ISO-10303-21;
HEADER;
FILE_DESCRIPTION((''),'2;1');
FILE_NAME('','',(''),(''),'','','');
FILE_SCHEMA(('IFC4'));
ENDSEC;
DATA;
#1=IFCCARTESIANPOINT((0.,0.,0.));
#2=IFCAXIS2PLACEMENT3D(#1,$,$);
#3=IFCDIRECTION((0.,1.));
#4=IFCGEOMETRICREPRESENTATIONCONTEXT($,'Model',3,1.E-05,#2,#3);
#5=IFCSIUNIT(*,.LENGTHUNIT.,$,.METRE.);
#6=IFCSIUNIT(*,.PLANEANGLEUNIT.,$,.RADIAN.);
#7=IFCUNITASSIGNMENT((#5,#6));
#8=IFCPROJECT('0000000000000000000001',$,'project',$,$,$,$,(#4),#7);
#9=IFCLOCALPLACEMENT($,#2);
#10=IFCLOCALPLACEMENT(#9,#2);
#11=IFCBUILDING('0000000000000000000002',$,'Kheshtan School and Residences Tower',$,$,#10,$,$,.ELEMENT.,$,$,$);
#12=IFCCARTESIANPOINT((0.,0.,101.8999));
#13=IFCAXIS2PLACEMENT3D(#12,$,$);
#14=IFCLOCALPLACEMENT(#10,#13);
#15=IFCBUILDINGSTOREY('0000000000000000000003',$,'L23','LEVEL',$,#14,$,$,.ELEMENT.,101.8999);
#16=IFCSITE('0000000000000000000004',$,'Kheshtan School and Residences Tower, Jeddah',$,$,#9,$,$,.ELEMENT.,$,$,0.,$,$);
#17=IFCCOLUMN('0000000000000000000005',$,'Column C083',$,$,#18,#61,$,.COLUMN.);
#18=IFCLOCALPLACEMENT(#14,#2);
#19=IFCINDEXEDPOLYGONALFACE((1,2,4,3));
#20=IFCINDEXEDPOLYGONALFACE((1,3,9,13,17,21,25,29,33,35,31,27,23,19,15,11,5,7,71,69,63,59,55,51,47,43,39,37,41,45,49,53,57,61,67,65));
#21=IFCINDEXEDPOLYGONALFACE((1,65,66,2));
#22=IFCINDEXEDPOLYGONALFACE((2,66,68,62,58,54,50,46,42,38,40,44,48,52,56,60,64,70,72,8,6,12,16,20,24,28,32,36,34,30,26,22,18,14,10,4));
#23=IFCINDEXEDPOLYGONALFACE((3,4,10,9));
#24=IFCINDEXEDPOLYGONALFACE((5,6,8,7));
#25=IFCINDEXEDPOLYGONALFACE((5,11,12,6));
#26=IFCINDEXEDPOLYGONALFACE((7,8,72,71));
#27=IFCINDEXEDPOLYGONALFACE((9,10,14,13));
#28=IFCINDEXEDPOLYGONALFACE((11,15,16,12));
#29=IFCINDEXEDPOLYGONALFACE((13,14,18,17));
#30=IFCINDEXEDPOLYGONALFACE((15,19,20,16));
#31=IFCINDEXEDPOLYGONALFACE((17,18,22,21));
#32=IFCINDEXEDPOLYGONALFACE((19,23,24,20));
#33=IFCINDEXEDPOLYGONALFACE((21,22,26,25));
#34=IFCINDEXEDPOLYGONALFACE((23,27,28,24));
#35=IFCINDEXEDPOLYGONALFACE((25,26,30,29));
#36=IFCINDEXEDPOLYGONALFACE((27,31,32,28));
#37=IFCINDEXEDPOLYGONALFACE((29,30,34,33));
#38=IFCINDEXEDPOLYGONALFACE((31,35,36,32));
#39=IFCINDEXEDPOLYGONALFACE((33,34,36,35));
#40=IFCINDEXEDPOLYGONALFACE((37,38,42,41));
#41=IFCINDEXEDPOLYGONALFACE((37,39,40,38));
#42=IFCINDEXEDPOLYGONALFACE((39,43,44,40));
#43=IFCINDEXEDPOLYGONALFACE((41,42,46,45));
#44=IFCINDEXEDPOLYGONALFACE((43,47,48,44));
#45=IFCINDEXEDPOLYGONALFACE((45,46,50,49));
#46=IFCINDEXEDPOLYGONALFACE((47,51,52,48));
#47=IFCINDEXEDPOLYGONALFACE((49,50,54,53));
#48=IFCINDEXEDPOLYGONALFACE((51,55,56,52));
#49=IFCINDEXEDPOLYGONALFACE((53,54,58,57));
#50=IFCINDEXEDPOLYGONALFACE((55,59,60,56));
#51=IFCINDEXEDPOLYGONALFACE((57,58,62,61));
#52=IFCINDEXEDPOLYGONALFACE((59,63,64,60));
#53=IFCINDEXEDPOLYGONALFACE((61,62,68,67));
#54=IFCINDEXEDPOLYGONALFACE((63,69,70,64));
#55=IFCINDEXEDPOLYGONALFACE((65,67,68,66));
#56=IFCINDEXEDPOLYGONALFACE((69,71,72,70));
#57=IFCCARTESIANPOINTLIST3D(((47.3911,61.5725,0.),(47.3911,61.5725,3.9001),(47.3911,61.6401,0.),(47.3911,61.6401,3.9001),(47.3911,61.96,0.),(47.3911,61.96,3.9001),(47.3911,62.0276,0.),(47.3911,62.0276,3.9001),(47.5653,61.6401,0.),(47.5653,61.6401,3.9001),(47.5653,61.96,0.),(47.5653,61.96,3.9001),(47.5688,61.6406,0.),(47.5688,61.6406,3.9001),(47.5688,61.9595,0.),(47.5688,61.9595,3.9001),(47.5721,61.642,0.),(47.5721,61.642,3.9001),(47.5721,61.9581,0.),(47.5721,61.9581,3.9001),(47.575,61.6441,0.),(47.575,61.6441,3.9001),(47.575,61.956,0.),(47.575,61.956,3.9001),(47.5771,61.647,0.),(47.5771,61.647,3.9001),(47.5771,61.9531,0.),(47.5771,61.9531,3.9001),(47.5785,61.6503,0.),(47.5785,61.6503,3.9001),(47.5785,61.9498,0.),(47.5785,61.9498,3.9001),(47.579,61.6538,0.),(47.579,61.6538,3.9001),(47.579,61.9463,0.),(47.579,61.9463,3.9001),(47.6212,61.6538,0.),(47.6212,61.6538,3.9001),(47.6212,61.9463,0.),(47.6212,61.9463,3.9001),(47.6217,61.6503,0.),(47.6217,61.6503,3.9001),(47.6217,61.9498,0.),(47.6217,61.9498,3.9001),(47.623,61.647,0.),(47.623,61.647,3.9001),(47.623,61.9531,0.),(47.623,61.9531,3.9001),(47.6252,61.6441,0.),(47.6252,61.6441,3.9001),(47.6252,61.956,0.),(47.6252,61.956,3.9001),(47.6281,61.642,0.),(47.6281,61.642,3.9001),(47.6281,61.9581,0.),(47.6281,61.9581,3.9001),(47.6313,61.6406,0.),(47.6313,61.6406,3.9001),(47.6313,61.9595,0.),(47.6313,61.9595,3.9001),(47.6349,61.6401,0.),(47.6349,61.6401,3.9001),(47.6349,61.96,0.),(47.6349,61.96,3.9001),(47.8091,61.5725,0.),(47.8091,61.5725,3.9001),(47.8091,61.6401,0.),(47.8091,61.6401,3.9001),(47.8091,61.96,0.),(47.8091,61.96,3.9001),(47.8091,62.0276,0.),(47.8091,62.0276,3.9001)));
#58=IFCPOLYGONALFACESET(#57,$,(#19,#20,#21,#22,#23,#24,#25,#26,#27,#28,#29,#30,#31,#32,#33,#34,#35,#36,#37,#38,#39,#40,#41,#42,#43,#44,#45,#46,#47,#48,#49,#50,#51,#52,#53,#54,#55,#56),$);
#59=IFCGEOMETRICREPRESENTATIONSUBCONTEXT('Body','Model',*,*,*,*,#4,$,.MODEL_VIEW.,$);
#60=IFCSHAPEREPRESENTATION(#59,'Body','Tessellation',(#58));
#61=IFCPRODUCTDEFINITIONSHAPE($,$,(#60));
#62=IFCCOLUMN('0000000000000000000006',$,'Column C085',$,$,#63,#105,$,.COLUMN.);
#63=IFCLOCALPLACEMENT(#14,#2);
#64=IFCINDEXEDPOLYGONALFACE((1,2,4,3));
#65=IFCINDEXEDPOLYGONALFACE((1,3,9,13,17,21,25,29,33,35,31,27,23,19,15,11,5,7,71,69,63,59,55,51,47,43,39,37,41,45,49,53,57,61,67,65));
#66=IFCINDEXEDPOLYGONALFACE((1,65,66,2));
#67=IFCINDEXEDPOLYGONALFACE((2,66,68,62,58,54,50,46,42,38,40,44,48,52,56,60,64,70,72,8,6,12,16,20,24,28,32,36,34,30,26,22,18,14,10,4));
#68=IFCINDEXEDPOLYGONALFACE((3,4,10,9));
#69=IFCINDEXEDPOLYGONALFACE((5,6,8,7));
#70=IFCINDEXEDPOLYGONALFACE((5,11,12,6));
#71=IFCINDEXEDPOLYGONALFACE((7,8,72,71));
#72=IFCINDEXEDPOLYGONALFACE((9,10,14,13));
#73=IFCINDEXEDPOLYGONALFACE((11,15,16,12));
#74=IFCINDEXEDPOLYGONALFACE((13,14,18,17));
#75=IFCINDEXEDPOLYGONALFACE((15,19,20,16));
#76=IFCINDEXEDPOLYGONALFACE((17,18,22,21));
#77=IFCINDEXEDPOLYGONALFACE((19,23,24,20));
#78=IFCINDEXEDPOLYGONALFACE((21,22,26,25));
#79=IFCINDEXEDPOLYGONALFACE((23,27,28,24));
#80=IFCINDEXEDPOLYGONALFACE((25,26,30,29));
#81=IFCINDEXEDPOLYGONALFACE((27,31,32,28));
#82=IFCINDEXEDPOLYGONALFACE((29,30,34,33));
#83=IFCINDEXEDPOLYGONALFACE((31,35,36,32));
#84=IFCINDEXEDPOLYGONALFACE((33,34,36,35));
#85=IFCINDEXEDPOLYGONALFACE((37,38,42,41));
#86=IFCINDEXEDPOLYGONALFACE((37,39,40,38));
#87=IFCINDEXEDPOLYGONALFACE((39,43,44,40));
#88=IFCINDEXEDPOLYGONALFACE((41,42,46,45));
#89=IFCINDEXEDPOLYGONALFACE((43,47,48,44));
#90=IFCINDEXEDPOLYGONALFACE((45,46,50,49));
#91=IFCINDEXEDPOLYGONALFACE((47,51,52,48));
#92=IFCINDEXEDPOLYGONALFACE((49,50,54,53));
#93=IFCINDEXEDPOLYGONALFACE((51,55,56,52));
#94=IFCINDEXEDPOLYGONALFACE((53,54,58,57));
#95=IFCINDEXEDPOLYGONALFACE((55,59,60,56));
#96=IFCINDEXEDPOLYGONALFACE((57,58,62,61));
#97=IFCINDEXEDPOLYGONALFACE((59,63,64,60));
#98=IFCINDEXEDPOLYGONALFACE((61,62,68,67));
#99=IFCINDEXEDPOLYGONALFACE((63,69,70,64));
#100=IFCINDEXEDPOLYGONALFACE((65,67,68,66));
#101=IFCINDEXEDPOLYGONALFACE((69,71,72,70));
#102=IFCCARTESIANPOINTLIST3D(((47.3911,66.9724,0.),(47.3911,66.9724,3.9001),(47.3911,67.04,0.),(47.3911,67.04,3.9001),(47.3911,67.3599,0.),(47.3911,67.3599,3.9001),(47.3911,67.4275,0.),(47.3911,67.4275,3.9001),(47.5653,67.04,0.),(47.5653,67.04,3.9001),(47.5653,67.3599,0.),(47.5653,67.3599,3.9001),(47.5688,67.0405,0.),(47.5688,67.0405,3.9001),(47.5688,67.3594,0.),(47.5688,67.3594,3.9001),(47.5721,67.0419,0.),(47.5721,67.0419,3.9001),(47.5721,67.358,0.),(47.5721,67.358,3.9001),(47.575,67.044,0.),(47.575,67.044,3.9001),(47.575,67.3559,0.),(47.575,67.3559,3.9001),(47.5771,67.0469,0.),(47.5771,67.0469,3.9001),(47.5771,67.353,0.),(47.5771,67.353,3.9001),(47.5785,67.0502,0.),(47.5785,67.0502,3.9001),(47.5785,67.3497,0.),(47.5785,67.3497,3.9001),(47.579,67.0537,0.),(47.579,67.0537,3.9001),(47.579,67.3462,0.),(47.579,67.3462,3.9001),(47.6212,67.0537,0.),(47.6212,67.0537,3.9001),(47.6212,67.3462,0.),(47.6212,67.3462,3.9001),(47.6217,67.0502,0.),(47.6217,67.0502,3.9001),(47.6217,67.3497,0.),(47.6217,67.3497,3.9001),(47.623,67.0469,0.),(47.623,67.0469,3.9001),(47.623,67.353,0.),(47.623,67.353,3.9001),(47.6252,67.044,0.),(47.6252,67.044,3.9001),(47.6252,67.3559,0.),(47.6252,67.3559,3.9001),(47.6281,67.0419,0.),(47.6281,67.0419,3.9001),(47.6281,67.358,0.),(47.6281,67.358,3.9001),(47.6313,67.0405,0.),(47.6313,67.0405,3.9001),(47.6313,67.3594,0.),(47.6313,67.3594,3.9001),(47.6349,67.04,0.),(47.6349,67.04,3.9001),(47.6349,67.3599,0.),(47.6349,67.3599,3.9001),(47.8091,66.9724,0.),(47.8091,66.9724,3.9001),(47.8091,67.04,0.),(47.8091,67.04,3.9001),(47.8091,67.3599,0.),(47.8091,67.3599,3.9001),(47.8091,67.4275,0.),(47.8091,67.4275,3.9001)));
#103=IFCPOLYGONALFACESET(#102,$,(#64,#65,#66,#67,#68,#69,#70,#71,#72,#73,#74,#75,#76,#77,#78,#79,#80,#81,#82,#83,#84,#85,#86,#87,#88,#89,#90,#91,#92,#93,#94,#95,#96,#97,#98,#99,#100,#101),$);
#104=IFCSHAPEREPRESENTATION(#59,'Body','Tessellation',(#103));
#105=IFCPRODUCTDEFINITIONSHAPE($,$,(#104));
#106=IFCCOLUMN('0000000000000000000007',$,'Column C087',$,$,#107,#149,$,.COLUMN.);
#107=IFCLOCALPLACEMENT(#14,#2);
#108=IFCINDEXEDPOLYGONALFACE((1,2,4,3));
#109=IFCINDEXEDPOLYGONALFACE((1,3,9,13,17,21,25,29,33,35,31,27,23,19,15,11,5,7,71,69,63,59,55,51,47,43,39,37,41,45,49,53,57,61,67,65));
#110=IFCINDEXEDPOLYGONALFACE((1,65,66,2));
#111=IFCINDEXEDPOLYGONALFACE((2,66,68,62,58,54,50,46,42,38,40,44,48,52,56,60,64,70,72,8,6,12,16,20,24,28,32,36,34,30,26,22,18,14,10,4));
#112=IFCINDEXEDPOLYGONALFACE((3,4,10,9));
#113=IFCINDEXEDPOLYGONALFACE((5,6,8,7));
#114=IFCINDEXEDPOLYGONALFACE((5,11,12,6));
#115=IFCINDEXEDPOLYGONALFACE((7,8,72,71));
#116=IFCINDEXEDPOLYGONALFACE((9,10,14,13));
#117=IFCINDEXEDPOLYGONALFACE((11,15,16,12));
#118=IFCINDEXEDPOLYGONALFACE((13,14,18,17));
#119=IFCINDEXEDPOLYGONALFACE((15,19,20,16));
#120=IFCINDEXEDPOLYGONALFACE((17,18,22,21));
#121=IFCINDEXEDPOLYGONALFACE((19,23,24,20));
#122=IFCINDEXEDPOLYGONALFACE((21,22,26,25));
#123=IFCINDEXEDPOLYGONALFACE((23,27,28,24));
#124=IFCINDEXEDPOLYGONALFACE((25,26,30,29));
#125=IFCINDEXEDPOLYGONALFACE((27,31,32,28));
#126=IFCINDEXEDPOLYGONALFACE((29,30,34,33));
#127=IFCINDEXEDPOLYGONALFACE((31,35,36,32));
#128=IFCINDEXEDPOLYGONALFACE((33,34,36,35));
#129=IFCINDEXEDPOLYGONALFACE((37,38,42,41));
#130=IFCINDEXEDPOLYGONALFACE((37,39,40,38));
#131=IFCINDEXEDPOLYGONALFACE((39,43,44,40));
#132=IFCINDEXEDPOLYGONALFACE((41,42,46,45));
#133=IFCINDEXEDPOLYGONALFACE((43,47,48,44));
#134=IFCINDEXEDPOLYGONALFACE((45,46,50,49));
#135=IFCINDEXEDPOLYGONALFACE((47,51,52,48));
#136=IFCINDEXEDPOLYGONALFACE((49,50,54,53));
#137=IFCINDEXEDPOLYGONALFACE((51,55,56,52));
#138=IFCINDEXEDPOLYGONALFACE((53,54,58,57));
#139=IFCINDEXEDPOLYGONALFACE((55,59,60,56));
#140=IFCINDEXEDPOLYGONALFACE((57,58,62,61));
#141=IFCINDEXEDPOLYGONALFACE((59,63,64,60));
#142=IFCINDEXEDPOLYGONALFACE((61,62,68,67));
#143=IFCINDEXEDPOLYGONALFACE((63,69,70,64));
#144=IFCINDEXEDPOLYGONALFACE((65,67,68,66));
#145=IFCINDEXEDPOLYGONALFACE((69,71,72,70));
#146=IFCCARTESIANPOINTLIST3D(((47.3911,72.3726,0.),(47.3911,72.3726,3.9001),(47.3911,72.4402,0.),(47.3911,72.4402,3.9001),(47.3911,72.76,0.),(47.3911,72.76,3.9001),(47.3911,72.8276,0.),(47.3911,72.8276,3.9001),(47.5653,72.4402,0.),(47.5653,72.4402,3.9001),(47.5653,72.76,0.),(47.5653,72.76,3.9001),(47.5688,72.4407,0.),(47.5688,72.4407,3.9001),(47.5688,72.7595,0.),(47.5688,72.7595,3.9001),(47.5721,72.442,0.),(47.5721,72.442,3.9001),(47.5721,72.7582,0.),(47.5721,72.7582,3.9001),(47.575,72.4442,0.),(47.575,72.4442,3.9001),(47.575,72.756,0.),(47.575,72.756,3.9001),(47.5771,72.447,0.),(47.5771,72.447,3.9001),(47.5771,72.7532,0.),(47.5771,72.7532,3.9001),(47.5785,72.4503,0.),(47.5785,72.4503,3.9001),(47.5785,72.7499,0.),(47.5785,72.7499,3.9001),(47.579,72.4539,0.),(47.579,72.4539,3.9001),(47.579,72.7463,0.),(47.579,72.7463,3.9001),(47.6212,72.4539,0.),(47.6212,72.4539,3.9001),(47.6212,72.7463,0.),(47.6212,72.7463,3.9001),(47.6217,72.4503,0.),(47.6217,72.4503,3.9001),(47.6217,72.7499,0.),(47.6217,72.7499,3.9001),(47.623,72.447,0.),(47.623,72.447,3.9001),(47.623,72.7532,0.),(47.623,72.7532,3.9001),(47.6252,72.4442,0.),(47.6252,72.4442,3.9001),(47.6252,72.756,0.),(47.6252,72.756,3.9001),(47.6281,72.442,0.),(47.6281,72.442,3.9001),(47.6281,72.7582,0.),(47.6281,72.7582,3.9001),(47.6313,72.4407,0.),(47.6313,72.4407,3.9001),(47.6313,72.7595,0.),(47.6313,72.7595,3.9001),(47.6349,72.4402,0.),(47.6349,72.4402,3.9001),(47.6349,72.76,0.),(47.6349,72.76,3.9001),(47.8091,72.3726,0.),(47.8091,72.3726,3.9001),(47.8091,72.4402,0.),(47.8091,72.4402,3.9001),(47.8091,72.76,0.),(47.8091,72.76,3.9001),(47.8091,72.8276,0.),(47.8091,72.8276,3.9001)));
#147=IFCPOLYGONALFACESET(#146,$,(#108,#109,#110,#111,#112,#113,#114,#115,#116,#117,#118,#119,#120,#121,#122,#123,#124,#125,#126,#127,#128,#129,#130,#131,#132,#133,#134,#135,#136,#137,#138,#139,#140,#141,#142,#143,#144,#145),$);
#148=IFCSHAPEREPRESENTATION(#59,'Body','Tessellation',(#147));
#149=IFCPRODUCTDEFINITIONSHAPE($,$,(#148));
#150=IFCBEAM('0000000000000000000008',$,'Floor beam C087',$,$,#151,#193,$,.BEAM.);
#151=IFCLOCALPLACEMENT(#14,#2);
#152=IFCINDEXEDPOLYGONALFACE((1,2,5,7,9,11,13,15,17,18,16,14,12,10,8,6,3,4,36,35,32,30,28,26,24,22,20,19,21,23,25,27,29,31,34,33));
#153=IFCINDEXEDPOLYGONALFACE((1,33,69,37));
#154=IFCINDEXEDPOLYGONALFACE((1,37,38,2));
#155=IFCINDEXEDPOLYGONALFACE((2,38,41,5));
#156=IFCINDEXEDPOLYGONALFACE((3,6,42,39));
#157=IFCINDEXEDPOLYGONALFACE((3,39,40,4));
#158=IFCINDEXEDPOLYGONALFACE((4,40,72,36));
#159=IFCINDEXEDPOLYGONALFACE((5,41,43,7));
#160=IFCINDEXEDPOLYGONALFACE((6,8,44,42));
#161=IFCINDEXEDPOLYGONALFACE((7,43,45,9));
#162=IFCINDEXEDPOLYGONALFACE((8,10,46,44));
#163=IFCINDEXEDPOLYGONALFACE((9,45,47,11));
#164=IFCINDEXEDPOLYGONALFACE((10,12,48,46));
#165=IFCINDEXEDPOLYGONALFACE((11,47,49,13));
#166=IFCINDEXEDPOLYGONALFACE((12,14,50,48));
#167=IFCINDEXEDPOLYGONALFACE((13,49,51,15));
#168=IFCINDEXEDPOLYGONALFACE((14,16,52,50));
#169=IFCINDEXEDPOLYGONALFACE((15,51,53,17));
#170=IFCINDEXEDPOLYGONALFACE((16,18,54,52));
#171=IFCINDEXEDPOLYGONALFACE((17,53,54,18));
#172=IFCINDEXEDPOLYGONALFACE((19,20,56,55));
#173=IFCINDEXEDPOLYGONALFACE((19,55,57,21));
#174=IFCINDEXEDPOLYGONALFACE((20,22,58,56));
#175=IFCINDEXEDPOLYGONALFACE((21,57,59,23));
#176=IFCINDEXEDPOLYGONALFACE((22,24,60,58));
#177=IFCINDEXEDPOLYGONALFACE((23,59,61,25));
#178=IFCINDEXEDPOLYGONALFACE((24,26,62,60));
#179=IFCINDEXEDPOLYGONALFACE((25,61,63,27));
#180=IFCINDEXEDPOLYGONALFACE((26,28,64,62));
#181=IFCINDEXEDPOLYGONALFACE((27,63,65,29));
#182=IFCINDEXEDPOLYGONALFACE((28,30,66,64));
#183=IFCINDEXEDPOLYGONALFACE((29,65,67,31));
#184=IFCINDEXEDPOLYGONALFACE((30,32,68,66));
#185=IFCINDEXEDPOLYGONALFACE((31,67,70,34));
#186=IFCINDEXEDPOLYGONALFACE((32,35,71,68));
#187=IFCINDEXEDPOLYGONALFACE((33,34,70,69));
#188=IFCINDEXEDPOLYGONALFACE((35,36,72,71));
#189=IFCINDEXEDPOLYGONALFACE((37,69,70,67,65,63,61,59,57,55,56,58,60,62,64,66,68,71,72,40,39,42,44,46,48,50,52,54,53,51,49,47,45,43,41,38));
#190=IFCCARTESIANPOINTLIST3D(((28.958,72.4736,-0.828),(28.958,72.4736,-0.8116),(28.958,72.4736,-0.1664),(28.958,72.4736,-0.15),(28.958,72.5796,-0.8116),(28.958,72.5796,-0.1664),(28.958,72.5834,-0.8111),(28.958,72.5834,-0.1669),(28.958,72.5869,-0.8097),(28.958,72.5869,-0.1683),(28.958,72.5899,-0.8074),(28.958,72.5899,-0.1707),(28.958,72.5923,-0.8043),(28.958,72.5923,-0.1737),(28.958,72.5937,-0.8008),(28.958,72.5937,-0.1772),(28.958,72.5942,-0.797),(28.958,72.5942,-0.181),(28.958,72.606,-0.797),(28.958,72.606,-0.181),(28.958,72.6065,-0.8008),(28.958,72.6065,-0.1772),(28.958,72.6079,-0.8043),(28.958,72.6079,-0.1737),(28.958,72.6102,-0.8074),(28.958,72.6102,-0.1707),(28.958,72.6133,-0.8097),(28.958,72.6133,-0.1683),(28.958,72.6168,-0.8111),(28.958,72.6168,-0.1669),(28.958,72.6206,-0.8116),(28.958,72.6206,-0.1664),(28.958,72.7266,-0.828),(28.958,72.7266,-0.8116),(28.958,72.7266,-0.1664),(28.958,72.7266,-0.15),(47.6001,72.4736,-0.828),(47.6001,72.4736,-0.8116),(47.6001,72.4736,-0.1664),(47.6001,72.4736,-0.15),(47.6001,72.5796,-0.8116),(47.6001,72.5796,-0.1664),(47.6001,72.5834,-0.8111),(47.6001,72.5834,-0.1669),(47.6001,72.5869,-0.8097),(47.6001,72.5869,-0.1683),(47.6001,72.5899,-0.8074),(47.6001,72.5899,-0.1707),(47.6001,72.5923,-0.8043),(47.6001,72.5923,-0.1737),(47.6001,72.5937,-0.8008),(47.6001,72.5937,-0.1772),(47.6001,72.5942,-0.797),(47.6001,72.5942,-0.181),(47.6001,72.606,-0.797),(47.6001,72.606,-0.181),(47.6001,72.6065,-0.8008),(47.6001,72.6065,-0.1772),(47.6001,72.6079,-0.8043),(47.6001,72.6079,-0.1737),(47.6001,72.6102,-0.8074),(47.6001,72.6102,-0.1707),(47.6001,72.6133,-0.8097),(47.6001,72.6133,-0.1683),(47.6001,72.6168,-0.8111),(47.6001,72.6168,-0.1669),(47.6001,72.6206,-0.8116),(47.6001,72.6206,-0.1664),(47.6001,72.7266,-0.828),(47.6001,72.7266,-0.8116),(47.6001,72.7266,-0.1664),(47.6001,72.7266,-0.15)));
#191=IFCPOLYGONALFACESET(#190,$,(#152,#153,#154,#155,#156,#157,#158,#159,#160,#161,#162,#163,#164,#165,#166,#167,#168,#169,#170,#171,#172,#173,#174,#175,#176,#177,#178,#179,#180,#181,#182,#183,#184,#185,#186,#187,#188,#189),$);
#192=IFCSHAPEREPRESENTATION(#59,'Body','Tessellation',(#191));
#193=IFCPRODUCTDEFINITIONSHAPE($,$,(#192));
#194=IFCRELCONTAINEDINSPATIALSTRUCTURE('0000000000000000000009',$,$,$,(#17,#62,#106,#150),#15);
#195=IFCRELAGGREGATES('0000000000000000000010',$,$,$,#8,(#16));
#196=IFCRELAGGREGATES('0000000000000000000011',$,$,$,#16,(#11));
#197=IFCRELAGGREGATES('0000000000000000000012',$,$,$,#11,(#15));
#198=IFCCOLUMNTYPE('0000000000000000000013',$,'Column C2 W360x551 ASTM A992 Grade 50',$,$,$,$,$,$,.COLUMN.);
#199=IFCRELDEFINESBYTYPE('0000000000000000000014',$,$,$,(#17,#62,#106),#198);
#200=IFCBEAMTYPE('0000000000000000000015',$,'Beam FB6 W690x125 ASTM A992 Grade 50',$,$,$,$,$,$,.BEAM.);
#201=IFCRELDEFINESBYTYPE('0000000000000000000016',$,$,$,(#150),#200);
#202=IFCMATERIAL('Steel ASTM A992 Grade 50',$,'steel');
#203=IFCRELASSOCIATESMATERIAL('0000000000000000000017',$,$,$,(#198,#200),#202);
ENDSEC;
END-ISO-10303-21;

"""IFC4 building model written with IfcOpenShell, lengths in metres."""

from ifc_helpers import new_model, si_unit, direction, frame, origin, origin_2d, place, context, subcontext, project, spatial, i_section, extrude, material, material_profile, profile_set, type_object, element, save


model = new_model("IFC4")

# Units and contexts
model_context = context("Model", 3, precision=1e-05, world=origin(), true_north=direction((0.0, 1.0)))
body_context = subcontext(model_context, "Body", "Model", "MODEL_VIEW")
ifc_project = project(units=[si_unit("LENGTHUNIT", "METRE"), si_unit("PLANEANGLEUNIT", "RADIAN")], contexts=[model_context])

# Site, building, storey
site_placement = place(None, origin())
site = spatial("IfcSite", under=ifc_project, at=site_placement, Name="Kheshtan School and Residences Tower, Jeddah", CompositionType="ELEMENT", RefElevation=0.0)
building_placement = place(site_placement, origin())
building = spatial("IfcBuilding", under=site, at=building_placement, Name="Kheshtan School and Residences Tower", CompositionType="ELEMENT")
storey_placement = place(building_placement, frame((0.0, 0.0, 101.8999)))
storey = spatial("IfcBuildingStorey", under=building, at=storey_placement, Name="L23", Description="LEVEL", CompositionType="ELEMENT", Elevation=101.8999)

# Columns
ifc_material_1 = material(Name="Steel ASTM A992 Grade 50", Category="steel")
ifc_material_profile_1 = material_profile(ifc_material_1, i_section(OverallWidth=0.418, OverallDepth=0.4551, WebThickness=0.0422, FlangeThickness=0.0676, FilletRadius=0.0137, at=origin_2d()), Name="W360x551")
ifc_profile_set_1 = profile_set([ifc_material_profile_1], Name="Steel ASTM A992 Grade 50")
column_type = type_object("IfcColumnType", Name="Column C2 W360x551 ASTM A992 Grade 50", PredefinedType="COLUMN", material=ifc_profile_set_1)
for number, where, z_axis, x_axis, name in (
    (1, (47.6001, 61.8, 0.0), (0.0, 0.0, 1.0), (1.0, 0.0, 0.0), "Column C083"),
    (2, (47.6001, 67.2, 0.0), (0.0, 0.0, 1.0), (1.0, 0.0, 0.0), "Column C085"),
    (3, (47.6001, 72.6001, 0.0), (0.0, 0.0, 1.0), (1.0, 0.0, 0.0), "Column C087"),
):
    element("IfcColumn", number, at=place(storey_placement, frame(where, z_axis=z_axis, x_axis=x_axis)), inside=storey, type_object=column_type, Name=name, PredefinedType="COLUMN", context=body_context, shape_type="SweptSolid", body=[
        extrude(i_section(OverallWidth=0.418, OverallDepth=0.4551, WebThickness=0.0422, FlangeThickness=0.0676, FilletRadius=0.0137, at=origin_2d()), origin(), (0.0, 0.0, 1.0), 3.9001),
    ])

# Beam
ifc_material_profile_2 = material_profile(ifc_material_1, i_section(OverallWidth=0.2529, OverallDepth=0.678, WebThickness=0.0117, FlangeThickness=0.0164, FilletRadius=0.0146, at=origin_2d()), Name="W690x125")
ifc_profile_set_2 = profile_set([ifc_material_profile_2], Name="Steel ASTM A992 Grade 50")
beam_type_1 = type_object("IfcBeamType", Name="Beam FB6 W690x125 ASTM A992 Grade 50", PredefinedType="BEAM", material=ifc_profile_set_2)
beam_1_placement = place(storey_placement, frame((47.6001, 72.6001, -0.489), z_axis=(-1.0, 0.0, 0.0), x_axis=(0.0, -1.0, 0.0)))
element("IfcBeam", 4, at=beam_1_placement, inside=storey, type_object=beam_type_1, Name="Floor beam C087", PredefinedType="BEAM", context=body_context, shape_type="SweptSolid", body=[
    extrude(i_section(OverallWidth=0.2529, OverallDepth=0.678, WebThickness=0.0117, FlangeThickness=0.0164, FilletRadius=0.0146, at=origin_2d()), origin(), (0.0, 0.0, 1.0), 18.6421),
])

save(model, "model.ifc")
